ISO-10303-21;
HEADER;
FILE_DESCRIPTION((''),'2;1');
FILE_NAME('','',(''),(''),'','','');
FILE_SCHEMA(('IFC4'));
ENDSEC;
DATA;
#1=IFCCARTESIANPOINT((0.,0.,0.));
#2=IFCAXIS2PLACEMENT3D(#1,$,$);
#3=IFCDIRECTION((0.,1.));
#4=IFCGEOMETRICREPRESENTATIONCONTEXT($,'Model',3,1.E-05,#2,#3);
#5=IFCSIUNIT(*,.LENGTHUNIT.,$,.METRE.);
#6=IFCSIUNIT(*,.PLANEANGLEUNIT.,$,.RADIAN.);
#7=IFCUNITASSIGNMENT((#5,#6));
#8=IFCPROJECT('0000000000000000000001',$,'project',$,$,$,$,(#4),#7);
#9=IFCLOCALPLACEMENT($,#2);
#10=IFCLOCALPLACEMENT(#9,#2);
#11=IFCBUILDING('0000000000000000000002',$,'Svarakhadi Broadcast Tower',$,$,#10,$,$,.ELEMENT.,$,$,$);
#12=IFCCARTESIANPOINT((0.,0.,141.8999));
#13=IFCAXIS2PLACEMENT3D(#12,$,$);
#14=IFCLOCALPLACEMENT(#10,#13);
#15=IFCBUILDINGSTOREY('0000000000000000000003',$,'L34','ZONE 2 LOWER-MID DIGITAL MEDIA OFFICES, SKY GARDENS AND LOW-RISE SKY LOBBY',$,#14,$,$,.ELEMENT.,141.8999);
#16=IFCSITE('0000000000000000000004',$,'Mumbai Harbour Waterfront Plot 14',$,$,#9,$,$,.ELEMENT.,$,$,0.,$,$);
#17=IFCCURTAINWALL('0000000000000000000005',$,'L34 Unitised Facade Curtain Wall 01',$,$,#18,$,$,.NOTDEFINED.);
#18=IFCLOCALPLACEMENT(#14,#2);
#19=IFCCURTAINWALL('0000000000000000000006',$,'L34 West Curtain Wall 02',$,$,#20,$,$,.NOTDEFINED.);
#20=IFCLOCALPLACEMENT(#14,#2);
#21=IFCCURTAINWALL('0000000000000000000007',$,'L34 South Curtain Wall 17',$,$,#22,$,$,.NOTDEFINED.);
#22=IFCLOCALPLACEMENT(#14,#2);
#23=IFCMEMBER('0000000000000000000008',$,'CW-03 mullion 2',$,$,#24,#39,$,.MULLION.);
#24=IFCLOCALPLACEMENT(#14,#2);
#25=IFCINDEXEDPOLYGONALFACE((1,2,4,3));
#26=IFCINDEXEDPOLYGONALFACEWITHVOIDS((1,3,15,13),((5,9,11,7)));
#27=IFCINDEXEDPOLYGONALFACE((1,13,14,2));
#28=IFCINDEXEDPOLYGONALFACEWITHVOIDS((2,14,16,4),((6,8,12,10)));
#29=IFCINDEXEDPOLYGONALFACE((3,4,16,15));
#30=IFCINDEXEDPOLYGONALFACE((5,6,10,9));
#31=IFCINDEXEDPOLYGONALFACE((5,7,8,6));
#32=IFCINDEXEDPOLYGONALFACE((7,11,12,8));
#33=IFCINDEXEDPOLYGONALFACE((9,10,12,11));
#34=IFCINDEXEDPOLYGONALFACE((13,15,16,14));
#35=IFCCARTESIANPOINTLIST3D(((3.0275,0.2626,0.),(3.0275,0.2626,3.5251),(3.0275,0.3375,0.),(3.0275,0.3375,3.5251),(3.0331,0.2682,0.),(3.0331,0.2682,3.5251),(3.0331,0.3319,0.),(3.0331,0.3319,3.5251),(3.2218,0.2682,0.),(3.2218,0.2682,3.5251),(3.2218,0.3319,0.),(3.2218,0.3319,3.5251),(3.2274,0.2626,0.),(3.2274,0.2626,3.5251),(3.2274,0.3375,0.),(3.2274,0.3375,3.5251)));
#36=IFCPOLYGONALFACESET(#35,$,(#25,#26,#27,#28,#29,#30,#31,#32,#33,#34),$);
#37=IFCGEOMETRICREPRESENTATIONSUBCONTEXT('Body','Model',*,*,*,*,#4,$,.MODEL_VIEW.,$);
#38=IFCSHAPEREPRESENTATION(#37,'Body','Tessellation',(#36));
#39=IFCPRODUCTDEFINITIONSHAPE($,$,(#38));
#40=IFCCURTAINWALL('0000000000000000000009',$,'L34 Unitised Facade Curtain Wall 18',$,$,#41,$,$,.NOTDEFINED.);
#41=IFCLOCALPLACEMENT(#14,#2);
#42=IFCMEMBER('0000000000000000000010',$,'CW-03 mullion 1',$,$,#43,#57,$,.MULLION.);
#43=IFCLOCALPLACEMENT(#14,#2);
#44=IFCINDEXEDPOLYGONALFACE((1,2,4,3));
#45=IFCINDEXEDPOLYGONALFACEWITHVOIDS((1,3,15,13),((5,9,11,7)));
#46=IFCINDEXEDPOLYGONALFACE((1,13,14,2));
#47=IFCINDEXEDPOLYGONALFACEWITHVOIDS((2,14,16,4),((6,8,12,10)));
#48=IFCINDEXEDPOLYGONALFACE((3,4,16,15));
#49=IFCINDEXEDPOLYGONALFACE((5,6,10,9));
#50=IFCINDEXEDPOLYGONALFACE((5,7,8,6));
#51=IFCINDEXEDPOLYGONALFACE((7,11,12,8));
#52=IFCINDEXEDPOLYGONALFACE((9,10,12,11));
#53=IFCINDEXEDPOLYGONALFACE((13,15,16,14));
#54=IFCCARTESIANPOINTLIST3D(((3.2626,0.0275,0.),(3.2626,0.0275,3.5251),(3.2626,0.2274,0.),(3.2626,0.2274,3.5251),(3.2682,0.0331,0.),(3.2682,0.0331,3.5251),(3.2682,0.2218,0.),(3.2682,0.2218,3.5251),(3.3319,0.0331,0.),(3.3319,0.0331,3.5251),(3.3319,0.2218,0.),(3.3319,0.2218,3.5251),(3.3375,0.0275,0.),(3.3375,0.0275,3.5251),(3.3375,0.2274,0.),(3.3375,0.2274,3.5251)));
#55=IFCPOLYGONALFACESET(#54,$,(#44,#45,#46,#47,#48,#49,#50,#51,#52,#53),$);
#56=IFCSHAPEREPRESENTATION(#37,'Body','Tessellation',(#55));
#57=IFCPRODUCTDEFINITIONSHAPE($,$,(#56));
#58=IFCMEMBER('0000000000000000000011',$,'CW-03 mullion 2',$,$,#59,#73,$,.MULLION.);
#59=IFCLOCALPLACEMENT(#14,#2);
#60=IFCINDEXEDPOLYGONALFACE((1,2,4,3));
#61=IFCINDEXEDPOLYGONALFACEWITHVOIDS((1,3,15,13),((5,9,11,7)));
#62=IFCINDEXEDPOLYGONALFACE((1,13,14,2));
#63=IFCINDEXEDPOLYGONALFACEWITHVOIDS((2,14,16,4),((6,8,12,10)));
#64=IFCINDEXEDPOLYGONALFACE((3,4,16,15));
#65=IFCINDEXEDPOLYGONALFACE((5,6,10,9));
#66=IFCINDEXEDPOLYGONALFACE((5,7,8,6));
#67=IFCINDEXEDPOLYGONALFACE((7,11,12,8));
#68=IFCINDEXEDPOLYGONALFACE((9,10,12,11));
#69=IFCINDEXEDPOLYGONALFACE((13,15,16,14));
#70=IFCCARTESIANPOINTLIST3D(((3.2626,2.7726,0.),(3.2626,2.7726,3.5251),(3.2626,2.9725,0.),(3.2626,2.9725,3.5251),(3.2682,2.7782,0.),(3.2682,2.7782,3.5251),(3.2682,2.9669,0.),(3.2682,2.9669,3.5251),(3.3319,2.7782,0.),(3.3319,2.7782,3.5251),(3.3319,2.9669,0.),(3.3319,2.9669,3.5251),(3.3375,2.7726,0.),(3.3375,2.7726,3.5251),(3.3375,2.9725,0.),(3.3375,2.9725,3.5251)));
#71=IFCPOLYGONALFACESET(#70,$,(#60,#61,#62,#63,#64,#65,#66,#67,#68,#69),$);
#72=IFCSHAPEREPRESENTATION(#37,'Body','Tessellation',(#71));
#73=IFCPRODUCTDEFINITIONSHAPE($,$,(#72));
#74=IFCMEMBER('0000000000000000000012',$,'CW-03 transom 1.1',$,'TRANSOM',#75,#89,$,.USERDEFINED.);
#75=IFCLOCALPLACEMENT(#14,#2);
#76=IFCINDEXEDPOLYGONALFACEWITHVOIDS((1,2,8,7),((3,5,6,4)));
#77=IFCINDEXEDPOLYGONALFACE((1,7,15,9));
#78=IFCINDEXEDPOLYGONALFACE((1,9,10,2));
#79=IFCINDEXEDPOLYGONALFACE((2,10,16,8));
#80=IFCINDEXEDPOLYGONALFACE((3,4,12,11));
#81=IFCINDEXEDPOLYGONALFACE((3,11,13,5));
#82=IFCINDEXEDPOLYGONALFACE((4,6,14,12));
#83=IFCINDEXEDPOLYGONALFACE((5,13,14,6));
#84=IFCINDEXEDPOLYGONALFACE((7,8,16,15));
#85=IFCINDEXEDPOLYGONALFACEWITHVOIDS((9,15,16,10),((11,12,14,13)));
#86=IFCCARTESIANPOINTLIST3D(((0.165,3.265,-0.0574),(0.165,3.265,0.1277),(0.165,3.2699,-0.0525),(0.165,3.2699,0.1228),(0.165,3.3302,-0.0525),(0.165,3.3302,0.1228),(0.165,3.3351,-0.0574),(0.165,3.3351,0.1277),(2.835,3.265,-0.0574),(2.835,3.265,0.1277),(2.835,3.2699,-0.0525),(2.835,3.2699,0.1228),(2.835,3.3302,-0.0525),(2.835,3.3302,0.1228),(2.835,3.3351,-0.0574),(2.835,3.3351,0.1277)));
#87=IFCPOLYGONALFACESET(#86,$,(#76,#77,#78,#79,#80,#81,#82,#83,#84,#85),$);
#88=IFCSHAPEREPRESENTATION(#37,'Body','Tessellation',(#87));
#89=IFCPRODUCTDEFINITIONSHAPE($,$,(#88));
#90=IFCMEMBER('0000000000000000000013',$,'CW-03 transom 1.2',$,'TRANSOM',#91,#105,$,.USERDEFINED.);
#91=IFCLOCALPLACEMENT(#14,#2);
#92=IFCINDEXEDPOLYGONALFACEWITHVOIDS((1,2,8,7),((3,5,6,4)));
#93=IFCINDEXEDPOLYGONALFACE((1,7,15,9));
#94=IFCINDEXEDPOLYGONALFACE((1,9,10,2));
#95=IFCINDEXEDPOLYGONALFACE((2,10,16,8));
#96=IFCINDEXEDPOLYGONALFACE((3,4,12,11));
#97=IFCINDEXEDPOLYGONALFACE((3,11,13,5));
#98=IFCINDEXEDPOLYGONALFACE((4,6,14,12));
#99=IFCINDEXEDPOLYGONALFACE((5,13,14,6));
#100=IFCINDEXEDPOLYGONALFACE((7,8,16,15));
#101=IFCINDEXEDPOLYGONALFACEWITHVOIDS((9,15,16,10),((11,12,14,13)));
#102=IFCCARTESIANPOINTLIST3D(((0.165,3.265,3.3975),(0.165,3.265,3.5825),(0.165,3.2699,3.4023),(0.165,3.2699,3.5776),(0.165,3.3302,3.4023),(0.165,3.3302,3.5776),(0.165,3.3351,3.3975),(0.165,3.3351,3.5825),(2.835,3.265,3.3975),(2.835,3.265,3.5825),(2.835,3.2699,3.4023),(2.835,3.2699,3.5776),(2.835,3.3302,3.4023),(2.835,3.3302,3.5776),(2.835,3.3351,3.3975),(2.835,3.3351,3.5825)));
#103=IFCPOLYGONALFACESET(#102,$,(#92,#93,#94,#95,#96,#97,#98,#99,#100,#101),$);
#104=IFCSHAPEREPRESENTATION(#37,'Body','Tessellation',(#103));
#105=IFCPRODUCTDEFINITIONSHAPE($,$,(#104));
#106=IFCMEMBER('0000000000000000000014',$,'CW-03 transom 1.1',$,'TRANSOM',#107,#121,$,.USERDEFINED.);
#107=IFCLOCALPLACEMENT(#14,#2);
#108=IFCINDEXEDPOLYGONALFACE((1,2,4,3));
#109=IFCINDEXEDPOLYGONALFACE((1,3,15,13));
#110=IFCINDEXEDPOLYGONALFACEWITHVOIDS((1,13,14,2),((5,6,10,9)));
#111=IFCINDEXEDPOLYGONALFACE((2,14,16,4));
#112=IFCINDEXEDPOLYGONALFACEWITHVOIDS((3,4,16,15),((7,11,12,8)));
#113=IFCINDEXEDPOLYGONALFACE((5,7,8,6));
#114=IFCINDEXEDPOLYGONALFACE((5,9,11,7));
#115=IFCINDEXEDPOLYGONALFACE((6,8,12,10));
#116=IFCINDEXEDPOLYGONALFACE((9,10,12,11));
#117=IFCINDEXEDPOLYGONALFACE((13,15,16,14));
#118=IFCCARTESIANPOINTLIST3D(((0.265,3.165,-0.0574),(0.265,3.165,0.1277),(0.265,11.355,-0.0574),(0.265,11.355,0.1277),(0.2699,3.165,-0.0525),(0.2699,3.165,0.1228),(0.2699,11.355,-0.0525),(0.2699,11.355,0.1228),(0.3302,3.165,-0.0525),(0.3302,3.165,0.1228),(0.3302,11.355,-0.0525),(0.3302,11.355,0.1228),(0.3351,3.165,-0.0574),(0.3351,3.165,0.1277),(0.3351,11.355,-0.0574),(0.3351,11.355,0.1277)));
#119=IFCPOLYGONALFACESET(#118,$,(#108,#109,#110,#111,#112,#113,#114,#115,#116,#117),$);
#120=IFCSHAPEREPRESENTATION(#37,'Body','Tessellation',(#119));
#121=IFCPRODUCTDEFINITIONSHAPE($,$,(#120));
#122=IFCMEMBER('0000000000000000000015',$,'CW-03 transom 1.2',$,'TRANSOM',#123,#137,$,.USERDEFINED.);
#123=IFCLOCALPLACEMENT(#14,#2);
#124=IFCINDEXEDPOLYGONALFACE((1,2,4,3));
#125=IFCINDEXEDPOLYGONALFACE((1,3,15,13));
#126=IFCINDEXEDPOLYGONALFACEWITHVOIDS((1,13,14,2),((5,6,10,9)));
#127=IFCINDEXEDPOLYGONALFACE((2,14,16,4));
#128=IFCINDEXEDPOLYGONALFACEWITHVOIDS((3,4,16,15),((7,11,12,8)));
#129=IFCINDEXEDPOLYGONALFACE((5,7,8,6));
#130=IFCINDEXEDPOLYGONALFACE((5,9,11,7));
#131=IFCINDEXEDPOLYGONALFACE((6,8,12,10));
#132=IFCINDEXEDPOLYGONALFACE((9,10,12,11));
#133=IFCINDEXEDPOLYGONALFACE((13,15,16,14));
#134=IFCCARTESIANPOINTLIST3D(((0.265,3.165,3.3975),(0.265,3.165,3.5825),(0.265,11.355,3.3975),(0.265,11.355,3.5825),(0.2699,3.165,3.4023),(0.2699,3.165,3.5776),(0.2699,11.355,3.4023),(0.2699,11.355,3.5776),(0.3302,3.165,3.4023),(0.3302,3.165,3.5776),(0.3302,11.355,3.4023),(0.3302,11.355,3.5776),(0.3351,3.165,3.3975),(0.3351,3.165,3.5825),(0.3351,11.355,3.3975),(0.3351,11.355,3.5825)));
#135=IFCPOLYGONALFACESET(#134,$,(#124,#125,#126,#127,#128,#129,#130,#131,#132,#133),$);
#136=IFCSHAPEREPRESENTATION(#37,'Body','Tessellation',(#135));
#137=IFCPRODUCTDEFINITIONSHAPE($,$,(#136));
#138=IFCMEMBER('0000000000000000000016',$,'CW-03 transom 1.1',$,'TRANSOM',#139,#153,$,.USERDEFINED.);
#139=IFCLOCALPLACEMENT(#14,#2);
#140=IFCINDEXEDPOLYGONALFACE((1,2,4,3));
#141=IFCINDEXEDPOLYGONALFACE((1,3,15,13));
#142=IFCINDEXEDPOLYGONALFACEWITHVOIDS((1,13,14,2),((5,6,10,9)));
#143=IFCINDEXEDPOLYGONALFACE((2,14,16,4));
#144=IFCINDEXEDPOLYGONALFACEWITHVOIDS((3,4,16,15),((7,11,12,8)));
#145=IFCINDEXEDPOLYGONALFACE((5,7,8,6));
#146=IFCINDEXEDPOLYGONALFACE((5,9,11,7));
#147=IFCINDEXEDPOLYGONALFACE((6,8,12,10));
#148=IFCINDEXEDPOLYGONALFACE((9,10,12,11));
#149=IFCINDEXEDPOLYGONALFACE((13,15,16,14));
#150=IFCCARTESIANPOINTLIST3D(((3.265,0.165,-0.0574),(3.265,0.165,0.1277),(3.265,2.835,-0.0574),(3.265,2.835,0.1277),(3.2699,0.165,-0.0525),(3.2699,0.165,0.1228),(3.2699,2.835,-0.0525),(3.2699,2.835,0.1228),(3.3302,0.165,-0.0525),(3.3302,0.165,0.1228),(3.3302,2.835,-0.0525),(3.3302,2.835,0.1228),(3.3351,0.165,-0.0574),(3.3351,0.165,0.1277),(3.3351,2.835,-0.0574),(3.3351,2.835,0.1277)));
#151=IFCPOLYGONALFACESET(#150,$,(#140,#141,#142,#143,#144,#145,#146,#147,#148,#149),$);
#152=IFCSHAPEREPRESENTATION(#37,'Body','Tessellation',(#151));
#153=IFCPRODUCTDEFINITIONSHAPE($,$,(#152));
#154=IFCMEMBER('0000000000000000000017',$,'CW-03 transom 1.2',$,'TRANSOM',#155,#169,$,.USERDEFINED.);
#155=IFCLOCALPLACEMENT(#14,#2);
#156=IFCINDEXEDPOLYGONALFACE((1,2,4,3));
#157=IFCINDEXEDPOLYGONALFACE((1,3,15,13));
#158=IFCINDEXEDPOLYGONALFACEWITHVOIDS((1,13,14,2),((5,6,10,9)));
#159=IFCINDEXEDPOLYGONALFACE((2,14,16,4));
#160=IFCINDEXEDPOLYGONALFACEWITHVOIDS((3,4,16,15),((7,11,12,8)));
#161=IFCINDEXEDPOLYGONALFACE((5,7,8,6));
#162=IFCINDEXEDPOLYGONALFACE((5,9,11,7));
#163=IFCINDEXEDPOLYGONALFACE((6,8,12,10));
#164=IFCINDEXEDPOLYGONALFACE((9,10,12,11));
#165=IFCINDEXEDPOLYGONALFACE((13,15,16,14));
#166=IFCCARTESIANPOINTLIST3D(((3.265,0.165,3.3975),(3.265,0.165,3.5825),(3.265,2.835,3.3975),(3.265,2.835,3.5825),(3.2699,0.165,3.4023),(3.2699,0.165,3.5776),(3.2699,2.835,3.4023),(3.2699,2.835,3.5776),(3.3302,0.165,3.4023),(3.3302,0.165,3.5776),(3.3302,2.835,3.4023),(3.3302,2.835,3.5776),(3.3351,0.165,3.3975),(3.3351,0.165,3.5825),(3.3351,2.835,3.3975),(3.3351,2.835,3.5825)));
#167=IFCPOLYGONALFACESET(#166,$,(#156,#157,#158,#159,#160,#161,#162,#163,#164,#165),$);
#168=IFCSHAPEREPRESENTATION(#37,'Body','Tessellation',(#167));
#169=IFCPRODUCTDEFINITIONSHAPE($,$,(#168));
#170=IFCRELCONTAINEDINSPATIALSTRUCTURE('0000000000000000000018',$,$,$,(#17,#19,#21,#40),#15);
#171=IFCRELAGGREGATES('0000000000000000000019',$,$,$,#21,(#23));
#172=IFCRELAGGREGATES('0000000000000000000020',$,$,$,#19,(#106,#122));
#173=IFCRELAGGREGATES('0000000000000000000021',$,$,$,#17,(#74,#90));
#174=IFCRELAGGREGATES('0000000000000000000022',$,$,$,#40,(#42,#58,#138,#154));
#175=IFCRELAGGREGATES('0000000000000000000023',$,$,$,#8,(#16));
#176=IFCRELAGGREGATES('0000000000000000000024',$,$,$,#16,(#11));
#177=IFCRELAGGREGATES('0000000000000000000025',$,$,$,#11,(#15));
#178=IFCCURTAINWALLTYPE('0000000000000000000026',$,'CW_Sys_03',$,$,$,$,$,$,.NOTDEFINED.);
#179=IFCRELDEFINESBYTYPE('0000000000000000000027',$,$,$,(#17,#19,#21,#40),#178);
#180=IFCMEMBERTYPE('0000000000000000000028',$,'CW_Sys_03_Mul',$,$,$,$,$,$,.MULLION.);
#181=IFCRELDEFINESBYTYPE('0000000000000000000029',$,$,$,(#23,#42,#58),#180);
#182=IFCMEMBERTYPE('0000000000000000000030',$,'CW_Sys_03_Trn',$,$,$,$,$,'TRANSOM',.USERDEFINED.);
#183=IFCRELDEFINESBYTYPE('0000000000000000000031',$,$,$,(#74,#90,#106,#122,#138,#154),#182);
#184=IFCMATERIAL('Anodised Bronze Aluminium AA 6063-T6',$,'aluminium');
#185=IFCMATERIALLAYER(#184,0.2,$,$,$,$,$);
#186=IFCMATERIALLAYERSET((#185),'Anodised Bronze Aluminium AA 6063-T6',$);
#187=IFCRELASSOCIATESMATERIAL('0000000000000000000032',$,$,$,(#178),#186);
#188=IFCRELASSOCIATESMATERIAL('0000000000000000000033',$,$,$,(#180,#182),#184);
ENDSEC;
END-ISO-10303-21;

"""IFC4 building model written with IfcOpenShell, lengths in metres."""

from ifc_helpers import new_model, si_unit, direction, frame, origin, origin_2d, place, context, subcontext, project, spatial, hollow_rectangle, extrude, material, layer, layer_set, material_profile, profile_set, type_object, element, aggregate, save


model = new_model("IFC4")

# Units and contexts
model_context = context("Model", 3, precision=1e-05, world=origin(), true_north=direction((0.0, 1.0)))
body_context = subcontext(model_context, "Body", "Model", "MODEL_VIEW")
ifc_project = project(units=[si_unit("LENGTHUNIT", "METRE"), si_unit("PLANEANGLEUNIT", "RADIAN")], contexts=[model_context])

# Site, building, storey
site_placement = place(None, origin())
site = spatial("IfcSite", under=ifc_project, at=site_placement, Name="Mumbai Harbour Waterfront Plot 14", CompositionType="ELEMENT", RefElevation=0.0)
building_placement = place(site_placement, origin())
building = spatial("IfcBuilding", under=site, at=building_placement, Name="Svarakhadi Broadcast Tower", CompositionType="ELEMENT")
storey_placement = place(building_placement, frame((0.0, 0.0, 141.8999)))
storey = spatial("IfcBuildingStorey", under=building, at=storey_placement, Name="L34", Description="ZONE 2 LOWER-MID DIGITAL MEDIA OFFICES, SKY GARDENS AND LOW-RISE SKY LOBBY", CompositionType="ELEMENT", Elevation=141.8999)

# Curtain wall
ifc_material_1 = material(Name="Anodised Bronze Aluminium AA 6063-T6", Category="aluminium")
ifc_layer_1 = layer(ifc_material_1, 0.2)
ifc_layer_set_1 = layer_set([ifc_layer_1], Name="Anodised Bronze Aluminium AA 6063-T6")
curtain_wall_type = type_object("IfcCurtainWallType", Name="CW_Sys_03", PredefinedType="NOTDEFINED", material=ifc_layer_set_1)
curtain_wall_1_placement = place(storey_placement, origin())
curtain_wall_1 = element("IfcCurtainWall", 1, at=curtain_wall_1_placement, inside=storey, type_object=curtain_wall_type, Name="L34 Unitised Facade Curtain Wall 01", PredefinedType="NOTDEFINED")
ifc_material_profile_1 = material_profile(ifc_material_1, hollow_rectangle(XDim=0.075, YDim=0.2, WallThickness=0.0056, at=origin_2d()), Name="ALU MULLION 200x75x6")
ifc_profile_set_1 = profile_set([ifc_material_profile_1], Name="Anodised Bronze Aluminium AA 6063-T6")
member_type_1 = type_object("IfcMemberType", Name="CW_Sys_03_Mul", PredefinedType="MULLION", material=ifc_profile_set_1)

# Curtain walls, member
curtain_wall_2_placement = place(storey_placement, origin())
curtain_wall_2 = element("IfcCurtainWall", 2, at=curtain_wall_2_placement, inside=storey, type_object=curtain_wall_type, Name="L34 West Curtain Wall 02", PredefinedType="NOTDEFINED")
curtain_wall_3_placement = place(storey_placement, origin())
curtain_wall_3 = element("IfcCurtainWall", 3, at=curtain_wall_3_placement, inside=storey, type_object=curtain_wall_type, Name="L34 South Curtain Wall 17", PredefinedType="NOTDEFINED")
member_1_placement = place(storey_placement, frame((3.1274, 0.3, 0.0), z_axis=(0.0, 0.0, 1.0), x_axis=(0.0, -1.0, 0.0)))
member_1 = element("IfcMember", 4, at=member_1_placement, type_object=member_type_1, Name="CW-03 mullion 2", PredefinedType="MULLION", context=body_context, shape_type="SweptSolid", body=[
    extrude(hollow_rectangle(XDim=0.075, YDim=0.2, WallThickness=0.0056, at=origin_2d()), origin(), (0.0, 0.0, 1.0), 3.5251),
])
aggregate(curtain_wall_3, [member_1])

# Curtain wall, members
curtain_wall_4_placement = place(storey_placement, origin())
curtain_wall_4 = element("IfcCurtainWall", 5, at=curtain_wall_4_placement, inside=storey, type_object=curtain_wall_type, Name="L34 Unitised Facade Curtain Wall 18", PredefinedType="NOTDEFINED")
member_2_placement = place(storey_placement, frame((3.3, 0.1274, 0.0), z_axis=(0.0, 0.0, 1.0), x_axis=(-1.0, 0.0, 0.0)))
member_2 = element("IfcMember", 6, at=member_2_placement, type_object=member_type_1, Name="CW-03 mullion 1", PredefinedType="MULLION", context=body_context, shape_type="SweptSolid", body=[
    extrude(hollow_rectangle(XDim=0.075, YDim=0.2, WallThickness=0.0056, at=origin_2d()), origin(), (0.0, 0.0, 1.0), 3.5251),
])
member_3_placement = place(storey_placement, frame((3.3, 2.8726, 0.0), z_axis=(0.0, 0.0, 1.0), x_axis=(-1.0, 0.0, 0.0)))
member_3 = element("IfcMember", 7, at=member_3_placement, type_object=member_type_1, Name="CW-03 mullion 2", PredefinedType="MULLION", context=body_context, shape_type="SweptSolid", body=[
    extrude(hollow_rectangle(XDim=0.075, YDim=0.2, WallThickness=0.0056, at=origin_2d()), origin(), (0.0, 0.0, 1.0), 3.5251),
])

# Members
ifc_material_profile_2 = material_profile(ifc_material_1, hollow_rectangle(XDim=0.0701, YDim=0.1851, WallThickness=0.0049, at=origin_2d()), Name="ALU TRANSOM 185x70x5")
ifc_profile_set_2 = profile_set([ifc_material_profile_2], Name="Anodised Bronze Aluminium AA 6063-T6")
member_type_2 = type_object("IfcMemberType", Name="CW_Sys_03_Trn", ElementType="TRANSOM", PredefinedType="USERDEFINED", material=ifc_profile_set_2)
member_4_placement = place(storey_placement, frame((2.835, 3.3, 0.0352), z_axis=(-1.0, 0.0, 0.0), x_axis=(0.0, -1.0, 0.0)))
member_4 = element("IfcMember", 8, at=member_4_placement, type_object=member_type_2, Name="CW-03 transom 1.1", ObjectType="TRANSOM", PredefinedType="USERDEFINED", context=body_context, shape_type="SweptSolid", body=[
    extrude(hollow_rectangle(XDim=0.0701, YDim=0.1851, WallThickness=0.0049, at=origin_2d()), origin(), (0.0, 0.0, 1.0), 2.6699),
])
member_5_placement = place(storey_placement, frame((2.835, 3.3, 3.49), z_axis=(-1.0, 0.0, 0.0), x_axis=(0.0, -1.0, 0.0)))
member_5 = element("IfcMember", 9, at=member_5_placement, type_object=member_type_2, Name="CW-03 transom 1.2", ObjectType="TRANSOM", PredefinedType="USERDEFINED", context=body_context, shape_type="SweptSolid", body=[
    extrude(hollow_rectangle(XDim=0.0701, YDim=0.1851, WallThickness=0.0049, at=origin_2d()), origin(), (0.0, 0.0, 1.0), 2.6699),
])
member_6_placement = place(storey_placement, frame((0.3, 3.165, 0.0352), z_axis=(0.0, 1.0, 0.0), x_axis=(-1.0, 0.0, 0.0)))
member_6 = element("IfcMember", 10, at=member_6_placement, type_object=member_type_2, Name="CW-03 transom 1.1", ObjectType="TRANSOM", PredefinedType="USERDEFINED", context=body_context, shape_type="SweptSolid", body=[
    extrude(hollow_rectangle(XDim=0.0701, YDim=0.1851, WallThickness=0.0049, at=origin_2d()), origin(), (0.0, 0.0, 1.0), 8.1899),
])
member_7_placement = place(storey_placement, frame((0.3, 3.165, 3.49), z_axis=(0.0, 1.0, 0.0), x_axis=(-1.0, 0.0, 0.0)))
member_7 = element("IfcMember", 11, at=member_7_placement, type_object=member_type_2, Name="CW-03 transom 1.2", ObjectType="TRANSOM", PredefinedType="USERDEFINED", context=body_context, shape_type="SweptSolid", body=[
    extrude(hollow_rectangle(XDim=0.0701, YDim=0.1851, WallThickness=0.0049, at=origin_2d()), origin(), (0.0, 0.0, 1.0), 8.1899),
])
aggregate(curtain_wall_2, [member_6, member_7])
member_8_placement = place(storey_placement, frame((3.3, 0.165, 0.0352), z_axis=(0.0, 1.0, 0.0), x_axis=(-1.0, 0.0, 0.0)))
member_8 = element("IfcMember", 12, at=member_8_placement, type_object=member_type_2, Name="CW-03 transom 1.1", ObjectType="TRANSOM", PredefinedType="USERDEFINED", context=body_context, shape_type="SweptSolid", body=[
    extrude(hollow_rectangle(XDim=0.0701, YDim=0.1851, WallThickness=0.0049, at=origin_2d()), origin(), (0.0, 0.0, 1.0), 2.6699),
])
member_9_placement = place(storey_placement, frame((3.3, 0.165, 3.49), z_axis=(0.0, 1.0, 0.0), x_axis=(-1.0, 0.0, 0.0)))
member_9 = element("IfcMember", 13, at=member_9_placement, type_object=member_type_2, Name="CW-03 transom 1.2", ObjectType="TRANSOM", PredefinedType="USERDEFINED", context=body_context, shape_type="SweptSolid", body=[
    extrude(hollow_rectangle(XDim=0.0701, YDim=0.1851, WallThickness=0.0049, at=origin_2d()), origin(), (0.0, 0.0, 1.0), 2.6699),
])

aggregate(curtain_wall_1, [member_4, member_5])
aggregate(curtain_wall_4, [member_2, member_3, member_8, member_9])

save(model, "model.ifc")
